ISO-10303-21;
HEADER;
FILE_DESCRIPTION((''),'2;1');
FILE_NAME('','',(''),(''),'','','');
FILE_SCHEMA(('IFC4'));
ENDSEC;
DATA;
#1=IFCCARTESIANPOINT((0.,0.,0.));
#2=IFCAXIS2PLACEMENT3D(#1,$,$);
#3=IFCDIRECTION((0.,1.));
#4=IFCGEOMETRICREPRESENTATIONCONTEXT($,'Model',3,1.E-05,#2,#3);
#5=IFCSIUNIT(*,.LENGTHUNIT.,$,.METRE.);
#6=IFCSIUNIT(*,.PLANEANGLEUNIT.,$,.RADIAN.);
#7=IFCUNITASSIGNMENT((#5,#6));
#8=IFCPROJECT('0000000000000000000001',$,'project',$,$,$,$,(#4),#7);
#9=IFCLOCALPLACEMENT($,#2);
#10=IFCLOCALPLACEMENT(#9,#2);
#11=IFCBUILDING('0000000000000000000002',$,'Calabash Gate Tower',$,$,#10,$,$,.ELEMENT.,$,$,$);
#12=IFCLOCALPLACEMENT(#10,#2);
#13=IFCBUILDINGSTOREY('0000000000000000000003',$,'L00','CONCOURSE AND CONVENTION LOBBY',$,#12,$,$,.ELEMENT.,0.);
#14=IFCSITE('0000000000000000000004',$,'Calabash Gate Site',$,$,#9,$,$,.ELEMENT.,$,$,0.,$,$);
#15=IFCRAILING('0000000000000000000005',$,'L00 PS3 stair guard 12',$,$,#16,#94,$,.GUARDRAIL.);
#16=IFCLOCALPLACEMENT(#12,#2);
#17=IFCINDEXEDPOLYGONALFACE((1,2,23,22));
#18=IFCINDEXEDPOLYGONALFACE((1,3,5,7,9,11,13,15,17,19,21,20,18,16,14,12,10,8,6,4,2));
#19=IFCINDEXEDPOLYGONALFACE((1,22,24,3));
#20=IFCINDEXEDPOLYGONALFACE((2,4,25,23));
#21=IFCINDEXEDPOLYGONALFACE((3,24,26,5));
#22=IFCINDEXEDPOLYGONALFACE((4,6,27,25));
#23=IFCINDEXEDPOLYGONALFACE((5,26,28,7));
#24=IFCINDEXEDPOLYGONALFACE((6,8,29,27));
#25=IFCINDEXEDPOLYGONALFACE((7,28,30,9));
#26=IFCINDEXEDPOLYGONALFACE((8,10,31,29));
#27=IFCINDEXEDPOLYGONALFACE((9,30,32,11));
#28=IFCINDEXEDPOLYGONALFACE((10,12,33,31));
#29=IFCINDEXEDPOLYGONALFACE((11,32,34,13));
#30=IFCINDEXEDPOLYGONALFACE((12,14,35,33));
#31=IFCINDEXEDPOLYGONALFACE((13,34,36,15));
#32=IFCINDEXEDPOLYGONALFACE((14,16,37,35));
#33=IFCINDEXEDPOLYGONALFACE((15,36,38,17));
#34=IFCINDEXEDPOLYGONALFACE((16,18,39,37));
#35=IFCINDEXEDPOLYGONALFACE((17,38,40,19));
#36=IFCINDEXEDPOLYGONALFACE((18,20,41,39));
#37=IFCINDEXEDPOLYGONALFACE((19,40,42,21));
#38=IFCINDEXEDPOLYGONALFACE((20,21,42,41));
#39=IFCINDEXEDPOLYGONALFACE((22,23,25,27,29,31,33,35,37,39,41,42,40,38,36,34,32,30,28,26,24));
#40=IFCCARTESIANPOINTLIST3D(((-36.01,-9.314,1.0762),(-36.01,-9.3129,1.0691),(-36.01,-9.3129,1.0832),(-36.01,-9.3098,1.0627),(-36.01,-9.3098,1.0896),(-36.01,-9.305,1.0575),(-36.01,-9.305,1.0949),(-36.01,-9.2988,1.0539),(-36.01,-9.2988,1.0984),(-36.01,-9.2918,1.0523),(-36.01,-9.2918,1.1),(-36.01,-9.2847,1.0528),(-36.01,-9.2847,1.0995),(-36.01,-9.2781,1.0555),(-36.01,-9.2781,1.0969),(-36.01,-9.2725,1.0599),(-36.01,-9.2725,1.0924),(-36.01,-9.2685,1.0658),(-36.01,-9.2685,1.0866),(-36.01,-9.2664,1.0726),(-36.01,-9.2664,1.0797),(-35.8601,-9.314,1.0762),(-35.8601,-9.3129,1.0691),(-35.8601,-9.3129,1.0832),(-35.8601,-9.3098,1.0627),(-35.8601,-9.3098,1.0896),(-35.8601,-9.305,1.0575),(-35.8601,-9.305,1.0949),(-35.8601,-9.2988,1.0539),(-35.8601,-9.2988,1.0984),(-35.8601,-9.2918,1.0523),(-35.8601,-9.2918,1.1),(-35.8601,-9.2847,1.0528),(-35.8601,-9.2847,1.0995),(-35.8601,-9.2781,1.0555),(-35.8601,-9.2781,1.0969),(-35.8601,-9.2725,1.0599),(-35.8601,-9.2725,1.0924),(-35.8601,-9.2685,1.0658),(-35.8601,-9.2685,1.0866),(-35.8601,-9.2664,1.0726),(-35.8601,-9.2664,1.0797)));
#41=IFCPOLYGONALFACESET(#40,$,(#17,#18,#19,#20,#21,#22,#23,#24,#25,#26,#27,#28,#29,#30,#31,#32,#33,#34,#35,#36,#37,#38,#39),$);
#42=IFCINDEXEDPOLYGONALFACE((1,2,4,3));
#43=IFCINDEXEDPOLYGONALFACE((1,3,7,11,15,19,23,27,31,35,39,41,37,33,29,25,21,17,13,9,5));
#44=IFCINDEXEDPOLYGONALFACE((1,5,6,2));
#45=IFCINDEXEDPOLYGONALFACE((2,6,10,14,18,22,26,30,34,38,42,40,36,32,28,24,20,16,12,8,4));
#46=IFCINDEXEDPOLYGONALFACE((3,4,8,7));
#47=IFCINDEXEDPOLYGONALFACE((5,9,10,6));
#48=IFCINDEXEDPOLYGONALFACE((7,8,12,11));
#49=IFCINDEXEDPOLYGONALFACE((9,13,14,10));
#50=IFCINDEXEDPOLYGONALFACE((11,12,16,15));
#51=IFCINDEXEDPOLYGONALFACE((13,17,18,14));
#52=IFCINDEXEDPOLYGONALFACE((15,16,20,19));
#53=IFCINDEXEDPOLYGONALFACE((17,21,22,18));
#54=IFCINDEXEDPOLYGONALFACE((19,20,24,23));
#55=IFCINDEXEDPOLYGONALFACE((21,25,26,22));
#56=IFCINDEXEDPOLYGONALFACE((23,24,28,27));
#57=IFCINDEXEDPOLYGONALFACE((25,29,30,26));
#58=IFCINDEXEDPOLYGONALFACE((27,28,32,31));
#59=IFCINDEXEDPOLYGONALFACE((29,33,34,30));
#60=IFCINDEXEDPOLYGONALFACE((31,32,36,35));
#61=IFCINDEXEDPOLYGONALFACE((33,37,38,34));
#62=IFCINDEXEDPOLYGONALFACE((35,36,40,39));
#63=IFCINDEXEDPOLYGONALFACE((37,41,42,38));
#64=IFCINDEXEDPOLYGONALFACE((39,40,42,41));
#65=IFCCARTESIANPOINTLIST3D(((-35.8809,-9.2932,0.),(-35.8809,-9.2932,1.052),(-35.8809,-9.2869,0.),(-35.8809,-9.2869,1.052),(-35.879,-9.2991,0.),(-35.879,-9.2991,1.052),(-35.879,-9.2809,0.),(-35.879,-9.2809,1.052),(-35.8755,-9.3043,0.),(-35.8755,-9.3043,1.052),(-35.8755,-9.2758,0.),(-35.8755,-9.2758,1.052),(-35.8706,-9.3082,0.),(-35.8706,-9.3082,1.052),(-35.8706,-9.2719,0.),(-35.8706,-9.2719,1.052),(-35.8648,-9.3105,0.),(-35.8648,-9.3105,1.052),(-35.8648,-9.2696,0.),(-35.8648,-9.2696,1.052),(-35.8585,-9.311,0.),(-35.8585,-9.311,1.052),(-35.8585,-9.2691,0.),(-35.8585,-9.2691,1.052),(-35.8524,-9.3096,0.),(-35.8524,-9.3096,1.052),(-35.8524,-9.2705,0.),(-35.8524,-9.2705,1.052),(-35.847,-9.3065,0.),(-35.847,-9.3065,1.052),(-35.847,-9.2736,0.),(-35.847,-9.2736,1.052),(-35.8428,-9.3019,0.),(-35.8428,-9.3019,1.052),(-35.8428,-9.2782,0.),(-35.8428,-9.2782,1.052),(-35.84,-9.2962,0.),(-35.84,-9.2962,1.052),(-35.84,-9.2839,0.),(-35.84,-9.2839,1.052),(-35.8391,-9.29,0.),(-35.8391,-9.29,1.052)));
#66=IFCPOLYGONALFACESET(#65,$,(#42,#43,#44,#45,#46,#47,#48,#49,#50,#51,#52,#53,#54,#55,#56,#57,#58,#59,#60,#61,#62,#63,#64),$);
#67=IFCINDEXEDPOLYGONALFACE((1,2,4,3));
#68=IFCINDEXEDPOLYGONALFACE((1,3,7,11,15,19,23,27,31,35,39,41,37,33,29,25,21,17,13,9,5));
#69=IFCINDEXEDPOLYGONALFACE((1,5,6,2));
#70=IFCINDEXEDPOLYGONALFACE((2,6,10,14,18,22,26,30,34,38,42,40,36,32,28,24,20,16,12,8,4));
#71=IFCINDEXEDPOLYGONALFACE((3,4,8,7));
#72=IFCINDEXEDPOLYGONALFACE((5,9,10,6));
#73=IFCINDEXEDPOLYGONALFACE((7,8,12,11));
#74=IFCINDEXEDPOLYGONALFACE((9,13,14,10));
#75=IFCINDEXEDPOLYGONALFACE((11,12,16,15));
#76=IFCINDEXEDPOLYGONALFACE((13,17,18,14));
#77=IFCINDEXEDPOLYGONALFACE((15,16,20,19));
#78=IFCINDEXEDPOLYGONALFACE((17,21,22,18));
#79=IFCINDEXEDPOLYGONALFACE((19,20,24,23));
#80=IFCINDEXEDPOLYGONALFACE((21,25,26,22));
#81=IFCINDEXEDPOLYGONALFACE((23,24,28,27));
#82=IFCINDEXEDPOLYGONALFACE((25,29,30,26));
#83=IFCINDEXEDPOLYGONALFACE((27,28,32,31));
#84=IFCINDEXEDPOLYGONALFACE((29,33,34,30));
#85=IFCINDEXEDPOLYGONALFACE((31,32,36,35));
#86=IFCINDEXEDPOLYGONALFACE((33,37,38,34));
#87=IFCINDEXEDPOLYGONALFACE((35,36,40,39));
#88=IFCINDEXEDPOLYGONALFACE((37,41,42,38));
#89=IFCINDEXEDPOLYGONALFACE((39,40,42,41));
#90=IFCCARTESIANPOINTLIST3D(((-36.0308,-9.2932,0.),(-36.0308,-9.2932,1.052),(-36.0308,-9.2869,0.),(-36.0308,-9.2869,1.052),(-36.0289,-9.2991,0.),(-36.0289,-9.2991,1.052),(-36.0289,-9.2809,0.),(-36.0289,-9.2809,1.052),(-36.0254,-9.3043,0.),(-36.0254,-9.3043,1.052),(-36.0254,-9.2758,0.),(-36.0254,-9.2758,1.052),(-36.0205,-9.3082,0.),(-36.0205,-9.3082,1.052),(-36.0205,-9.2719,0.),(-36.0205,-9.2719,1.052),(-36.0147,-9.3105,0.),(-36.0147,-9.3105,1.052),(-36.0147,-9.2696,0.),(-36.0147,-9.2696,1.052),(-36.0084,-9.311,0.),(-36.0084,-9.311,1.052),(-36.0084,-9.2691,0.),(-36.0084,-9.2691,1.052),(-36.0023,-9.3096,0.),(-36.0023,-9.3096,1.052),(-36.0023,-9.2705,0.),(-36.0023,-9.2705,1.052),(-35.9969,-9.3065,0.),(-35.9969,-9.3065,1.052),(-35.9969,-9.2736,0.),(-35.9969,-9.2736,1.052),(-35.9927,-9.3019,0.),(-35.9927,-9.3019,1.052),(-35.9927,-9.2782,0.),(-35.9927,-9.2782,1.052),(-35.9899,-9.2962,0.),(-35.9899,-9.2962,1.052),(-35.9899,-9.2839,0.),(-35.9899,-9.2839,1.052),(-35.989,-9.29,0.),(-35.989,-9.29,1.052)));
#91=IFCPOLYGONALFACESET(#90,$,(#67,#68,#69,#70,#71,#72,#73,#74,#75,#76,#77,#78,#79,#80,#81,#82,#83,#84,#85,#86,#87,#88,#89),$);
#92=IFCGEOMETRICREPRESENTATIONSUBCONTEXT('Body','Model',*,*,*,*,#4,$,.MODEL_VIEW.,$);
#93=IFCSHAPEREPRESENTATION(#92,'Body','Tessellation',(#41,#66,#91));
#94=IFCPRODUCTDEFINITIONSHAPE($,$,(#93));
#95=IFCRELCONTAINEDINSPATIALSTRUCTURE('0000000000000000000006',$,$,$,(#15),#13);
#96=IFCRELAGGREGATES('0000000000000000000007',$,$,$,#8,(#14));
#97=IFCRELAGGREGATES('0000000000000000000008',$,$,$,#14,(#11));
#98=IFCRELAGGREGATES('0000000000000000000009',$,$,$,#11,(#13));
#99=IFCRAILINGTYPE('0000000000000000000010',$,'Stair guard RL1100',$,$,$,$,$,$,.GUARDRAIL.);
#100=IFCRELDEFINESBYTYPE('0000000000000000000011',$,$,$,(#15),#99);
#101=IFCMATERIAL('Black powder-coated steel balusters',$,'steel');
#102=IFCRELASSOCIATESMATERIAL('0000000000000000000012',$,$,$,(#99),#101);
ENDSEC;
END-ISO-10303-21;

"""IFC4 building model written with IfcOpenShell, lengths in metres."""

from ifc_helpers import new_model, si_unit, direction, frame, origin, origin_2d, place, context, subcontext, project, spatial, circle, extrude, material, type_object, element, save


model = new_model("IFC4")

# Units and contexts
model_context = context("Model", 3, precision=1e-05, world=origin(), true_north=direction((0.0, 1.0)))
body_context = subcontext(model_context, "Body", "Model", "MODEL_VIEW")
ifc_project = project(units=[si_unit("LENGTHUNIT", "METRE"), si_unit("PLANEANGLEUNIT", "RADIAN")], contexts=[model_context])

# Site, building, storey
site_placement = place(None, origin())
site = spatial("IfcSite", under=ifc_project, at=site_placement, Name="Calabash Gate Site", CompositionType="ELEMENT", RefElevation=0.0)
building_placement = place(site_placement, origin())
building = spatial("IfcBuilding", under=site, at=building_placement, Name="Calabash Gate Tower", CompositionType="ELEMENT")
storey_placement = place(building_placement, origin())
storey = spatial("IfcBuildingStorey", under=building, at=storey_placement, Name="L00", Description="CONCOURSE AND CONVENTION LOBBY", CompositionType="ELEMENT", Elevation=0.0)

# Railing
ifc_material_1 = material(Name="Black powder-coated steel balusters", Category="steel")
railing_type_1 = type_object("IfcRailingType", Name="Stair guard RL1100", PredefinedType="GUARDRAIL", material=ifc_material_1)
railing_1_placement = place(storey_placement, frame((-35.8601, -9.29, 0.0)))
element("IfcRailing", 1, at=railing_1_placement, inside=storey, type_object=railing_type_1, Name="L00 PS3 stair guard 12", PredefinedType="GUARDRAIL", context=body_context, shape_type="SweptSolid", body=[
    extrude(circle(Radius=0.0239, at=origin_2d()), frame((0.0, 0.0, 1.0762), z_axis=(-1.0, 0.0, 0.0), x_axis=(0.0, -1.0, 0.0)), (0.0, 0.0, 1.0), 0.1499),
    extrude(circle(Radius=0.021, at=origin_2d()), origin(), (0.0, 0.0, 1.0), 1.052),
    extrude(circle(Radius=0.021, at=origin_2d()), frame((-0.1499, 0.0, 0.0)), (0.0, 0.0, 1.0), 1.052),
])

save(model, "model.ifc")
